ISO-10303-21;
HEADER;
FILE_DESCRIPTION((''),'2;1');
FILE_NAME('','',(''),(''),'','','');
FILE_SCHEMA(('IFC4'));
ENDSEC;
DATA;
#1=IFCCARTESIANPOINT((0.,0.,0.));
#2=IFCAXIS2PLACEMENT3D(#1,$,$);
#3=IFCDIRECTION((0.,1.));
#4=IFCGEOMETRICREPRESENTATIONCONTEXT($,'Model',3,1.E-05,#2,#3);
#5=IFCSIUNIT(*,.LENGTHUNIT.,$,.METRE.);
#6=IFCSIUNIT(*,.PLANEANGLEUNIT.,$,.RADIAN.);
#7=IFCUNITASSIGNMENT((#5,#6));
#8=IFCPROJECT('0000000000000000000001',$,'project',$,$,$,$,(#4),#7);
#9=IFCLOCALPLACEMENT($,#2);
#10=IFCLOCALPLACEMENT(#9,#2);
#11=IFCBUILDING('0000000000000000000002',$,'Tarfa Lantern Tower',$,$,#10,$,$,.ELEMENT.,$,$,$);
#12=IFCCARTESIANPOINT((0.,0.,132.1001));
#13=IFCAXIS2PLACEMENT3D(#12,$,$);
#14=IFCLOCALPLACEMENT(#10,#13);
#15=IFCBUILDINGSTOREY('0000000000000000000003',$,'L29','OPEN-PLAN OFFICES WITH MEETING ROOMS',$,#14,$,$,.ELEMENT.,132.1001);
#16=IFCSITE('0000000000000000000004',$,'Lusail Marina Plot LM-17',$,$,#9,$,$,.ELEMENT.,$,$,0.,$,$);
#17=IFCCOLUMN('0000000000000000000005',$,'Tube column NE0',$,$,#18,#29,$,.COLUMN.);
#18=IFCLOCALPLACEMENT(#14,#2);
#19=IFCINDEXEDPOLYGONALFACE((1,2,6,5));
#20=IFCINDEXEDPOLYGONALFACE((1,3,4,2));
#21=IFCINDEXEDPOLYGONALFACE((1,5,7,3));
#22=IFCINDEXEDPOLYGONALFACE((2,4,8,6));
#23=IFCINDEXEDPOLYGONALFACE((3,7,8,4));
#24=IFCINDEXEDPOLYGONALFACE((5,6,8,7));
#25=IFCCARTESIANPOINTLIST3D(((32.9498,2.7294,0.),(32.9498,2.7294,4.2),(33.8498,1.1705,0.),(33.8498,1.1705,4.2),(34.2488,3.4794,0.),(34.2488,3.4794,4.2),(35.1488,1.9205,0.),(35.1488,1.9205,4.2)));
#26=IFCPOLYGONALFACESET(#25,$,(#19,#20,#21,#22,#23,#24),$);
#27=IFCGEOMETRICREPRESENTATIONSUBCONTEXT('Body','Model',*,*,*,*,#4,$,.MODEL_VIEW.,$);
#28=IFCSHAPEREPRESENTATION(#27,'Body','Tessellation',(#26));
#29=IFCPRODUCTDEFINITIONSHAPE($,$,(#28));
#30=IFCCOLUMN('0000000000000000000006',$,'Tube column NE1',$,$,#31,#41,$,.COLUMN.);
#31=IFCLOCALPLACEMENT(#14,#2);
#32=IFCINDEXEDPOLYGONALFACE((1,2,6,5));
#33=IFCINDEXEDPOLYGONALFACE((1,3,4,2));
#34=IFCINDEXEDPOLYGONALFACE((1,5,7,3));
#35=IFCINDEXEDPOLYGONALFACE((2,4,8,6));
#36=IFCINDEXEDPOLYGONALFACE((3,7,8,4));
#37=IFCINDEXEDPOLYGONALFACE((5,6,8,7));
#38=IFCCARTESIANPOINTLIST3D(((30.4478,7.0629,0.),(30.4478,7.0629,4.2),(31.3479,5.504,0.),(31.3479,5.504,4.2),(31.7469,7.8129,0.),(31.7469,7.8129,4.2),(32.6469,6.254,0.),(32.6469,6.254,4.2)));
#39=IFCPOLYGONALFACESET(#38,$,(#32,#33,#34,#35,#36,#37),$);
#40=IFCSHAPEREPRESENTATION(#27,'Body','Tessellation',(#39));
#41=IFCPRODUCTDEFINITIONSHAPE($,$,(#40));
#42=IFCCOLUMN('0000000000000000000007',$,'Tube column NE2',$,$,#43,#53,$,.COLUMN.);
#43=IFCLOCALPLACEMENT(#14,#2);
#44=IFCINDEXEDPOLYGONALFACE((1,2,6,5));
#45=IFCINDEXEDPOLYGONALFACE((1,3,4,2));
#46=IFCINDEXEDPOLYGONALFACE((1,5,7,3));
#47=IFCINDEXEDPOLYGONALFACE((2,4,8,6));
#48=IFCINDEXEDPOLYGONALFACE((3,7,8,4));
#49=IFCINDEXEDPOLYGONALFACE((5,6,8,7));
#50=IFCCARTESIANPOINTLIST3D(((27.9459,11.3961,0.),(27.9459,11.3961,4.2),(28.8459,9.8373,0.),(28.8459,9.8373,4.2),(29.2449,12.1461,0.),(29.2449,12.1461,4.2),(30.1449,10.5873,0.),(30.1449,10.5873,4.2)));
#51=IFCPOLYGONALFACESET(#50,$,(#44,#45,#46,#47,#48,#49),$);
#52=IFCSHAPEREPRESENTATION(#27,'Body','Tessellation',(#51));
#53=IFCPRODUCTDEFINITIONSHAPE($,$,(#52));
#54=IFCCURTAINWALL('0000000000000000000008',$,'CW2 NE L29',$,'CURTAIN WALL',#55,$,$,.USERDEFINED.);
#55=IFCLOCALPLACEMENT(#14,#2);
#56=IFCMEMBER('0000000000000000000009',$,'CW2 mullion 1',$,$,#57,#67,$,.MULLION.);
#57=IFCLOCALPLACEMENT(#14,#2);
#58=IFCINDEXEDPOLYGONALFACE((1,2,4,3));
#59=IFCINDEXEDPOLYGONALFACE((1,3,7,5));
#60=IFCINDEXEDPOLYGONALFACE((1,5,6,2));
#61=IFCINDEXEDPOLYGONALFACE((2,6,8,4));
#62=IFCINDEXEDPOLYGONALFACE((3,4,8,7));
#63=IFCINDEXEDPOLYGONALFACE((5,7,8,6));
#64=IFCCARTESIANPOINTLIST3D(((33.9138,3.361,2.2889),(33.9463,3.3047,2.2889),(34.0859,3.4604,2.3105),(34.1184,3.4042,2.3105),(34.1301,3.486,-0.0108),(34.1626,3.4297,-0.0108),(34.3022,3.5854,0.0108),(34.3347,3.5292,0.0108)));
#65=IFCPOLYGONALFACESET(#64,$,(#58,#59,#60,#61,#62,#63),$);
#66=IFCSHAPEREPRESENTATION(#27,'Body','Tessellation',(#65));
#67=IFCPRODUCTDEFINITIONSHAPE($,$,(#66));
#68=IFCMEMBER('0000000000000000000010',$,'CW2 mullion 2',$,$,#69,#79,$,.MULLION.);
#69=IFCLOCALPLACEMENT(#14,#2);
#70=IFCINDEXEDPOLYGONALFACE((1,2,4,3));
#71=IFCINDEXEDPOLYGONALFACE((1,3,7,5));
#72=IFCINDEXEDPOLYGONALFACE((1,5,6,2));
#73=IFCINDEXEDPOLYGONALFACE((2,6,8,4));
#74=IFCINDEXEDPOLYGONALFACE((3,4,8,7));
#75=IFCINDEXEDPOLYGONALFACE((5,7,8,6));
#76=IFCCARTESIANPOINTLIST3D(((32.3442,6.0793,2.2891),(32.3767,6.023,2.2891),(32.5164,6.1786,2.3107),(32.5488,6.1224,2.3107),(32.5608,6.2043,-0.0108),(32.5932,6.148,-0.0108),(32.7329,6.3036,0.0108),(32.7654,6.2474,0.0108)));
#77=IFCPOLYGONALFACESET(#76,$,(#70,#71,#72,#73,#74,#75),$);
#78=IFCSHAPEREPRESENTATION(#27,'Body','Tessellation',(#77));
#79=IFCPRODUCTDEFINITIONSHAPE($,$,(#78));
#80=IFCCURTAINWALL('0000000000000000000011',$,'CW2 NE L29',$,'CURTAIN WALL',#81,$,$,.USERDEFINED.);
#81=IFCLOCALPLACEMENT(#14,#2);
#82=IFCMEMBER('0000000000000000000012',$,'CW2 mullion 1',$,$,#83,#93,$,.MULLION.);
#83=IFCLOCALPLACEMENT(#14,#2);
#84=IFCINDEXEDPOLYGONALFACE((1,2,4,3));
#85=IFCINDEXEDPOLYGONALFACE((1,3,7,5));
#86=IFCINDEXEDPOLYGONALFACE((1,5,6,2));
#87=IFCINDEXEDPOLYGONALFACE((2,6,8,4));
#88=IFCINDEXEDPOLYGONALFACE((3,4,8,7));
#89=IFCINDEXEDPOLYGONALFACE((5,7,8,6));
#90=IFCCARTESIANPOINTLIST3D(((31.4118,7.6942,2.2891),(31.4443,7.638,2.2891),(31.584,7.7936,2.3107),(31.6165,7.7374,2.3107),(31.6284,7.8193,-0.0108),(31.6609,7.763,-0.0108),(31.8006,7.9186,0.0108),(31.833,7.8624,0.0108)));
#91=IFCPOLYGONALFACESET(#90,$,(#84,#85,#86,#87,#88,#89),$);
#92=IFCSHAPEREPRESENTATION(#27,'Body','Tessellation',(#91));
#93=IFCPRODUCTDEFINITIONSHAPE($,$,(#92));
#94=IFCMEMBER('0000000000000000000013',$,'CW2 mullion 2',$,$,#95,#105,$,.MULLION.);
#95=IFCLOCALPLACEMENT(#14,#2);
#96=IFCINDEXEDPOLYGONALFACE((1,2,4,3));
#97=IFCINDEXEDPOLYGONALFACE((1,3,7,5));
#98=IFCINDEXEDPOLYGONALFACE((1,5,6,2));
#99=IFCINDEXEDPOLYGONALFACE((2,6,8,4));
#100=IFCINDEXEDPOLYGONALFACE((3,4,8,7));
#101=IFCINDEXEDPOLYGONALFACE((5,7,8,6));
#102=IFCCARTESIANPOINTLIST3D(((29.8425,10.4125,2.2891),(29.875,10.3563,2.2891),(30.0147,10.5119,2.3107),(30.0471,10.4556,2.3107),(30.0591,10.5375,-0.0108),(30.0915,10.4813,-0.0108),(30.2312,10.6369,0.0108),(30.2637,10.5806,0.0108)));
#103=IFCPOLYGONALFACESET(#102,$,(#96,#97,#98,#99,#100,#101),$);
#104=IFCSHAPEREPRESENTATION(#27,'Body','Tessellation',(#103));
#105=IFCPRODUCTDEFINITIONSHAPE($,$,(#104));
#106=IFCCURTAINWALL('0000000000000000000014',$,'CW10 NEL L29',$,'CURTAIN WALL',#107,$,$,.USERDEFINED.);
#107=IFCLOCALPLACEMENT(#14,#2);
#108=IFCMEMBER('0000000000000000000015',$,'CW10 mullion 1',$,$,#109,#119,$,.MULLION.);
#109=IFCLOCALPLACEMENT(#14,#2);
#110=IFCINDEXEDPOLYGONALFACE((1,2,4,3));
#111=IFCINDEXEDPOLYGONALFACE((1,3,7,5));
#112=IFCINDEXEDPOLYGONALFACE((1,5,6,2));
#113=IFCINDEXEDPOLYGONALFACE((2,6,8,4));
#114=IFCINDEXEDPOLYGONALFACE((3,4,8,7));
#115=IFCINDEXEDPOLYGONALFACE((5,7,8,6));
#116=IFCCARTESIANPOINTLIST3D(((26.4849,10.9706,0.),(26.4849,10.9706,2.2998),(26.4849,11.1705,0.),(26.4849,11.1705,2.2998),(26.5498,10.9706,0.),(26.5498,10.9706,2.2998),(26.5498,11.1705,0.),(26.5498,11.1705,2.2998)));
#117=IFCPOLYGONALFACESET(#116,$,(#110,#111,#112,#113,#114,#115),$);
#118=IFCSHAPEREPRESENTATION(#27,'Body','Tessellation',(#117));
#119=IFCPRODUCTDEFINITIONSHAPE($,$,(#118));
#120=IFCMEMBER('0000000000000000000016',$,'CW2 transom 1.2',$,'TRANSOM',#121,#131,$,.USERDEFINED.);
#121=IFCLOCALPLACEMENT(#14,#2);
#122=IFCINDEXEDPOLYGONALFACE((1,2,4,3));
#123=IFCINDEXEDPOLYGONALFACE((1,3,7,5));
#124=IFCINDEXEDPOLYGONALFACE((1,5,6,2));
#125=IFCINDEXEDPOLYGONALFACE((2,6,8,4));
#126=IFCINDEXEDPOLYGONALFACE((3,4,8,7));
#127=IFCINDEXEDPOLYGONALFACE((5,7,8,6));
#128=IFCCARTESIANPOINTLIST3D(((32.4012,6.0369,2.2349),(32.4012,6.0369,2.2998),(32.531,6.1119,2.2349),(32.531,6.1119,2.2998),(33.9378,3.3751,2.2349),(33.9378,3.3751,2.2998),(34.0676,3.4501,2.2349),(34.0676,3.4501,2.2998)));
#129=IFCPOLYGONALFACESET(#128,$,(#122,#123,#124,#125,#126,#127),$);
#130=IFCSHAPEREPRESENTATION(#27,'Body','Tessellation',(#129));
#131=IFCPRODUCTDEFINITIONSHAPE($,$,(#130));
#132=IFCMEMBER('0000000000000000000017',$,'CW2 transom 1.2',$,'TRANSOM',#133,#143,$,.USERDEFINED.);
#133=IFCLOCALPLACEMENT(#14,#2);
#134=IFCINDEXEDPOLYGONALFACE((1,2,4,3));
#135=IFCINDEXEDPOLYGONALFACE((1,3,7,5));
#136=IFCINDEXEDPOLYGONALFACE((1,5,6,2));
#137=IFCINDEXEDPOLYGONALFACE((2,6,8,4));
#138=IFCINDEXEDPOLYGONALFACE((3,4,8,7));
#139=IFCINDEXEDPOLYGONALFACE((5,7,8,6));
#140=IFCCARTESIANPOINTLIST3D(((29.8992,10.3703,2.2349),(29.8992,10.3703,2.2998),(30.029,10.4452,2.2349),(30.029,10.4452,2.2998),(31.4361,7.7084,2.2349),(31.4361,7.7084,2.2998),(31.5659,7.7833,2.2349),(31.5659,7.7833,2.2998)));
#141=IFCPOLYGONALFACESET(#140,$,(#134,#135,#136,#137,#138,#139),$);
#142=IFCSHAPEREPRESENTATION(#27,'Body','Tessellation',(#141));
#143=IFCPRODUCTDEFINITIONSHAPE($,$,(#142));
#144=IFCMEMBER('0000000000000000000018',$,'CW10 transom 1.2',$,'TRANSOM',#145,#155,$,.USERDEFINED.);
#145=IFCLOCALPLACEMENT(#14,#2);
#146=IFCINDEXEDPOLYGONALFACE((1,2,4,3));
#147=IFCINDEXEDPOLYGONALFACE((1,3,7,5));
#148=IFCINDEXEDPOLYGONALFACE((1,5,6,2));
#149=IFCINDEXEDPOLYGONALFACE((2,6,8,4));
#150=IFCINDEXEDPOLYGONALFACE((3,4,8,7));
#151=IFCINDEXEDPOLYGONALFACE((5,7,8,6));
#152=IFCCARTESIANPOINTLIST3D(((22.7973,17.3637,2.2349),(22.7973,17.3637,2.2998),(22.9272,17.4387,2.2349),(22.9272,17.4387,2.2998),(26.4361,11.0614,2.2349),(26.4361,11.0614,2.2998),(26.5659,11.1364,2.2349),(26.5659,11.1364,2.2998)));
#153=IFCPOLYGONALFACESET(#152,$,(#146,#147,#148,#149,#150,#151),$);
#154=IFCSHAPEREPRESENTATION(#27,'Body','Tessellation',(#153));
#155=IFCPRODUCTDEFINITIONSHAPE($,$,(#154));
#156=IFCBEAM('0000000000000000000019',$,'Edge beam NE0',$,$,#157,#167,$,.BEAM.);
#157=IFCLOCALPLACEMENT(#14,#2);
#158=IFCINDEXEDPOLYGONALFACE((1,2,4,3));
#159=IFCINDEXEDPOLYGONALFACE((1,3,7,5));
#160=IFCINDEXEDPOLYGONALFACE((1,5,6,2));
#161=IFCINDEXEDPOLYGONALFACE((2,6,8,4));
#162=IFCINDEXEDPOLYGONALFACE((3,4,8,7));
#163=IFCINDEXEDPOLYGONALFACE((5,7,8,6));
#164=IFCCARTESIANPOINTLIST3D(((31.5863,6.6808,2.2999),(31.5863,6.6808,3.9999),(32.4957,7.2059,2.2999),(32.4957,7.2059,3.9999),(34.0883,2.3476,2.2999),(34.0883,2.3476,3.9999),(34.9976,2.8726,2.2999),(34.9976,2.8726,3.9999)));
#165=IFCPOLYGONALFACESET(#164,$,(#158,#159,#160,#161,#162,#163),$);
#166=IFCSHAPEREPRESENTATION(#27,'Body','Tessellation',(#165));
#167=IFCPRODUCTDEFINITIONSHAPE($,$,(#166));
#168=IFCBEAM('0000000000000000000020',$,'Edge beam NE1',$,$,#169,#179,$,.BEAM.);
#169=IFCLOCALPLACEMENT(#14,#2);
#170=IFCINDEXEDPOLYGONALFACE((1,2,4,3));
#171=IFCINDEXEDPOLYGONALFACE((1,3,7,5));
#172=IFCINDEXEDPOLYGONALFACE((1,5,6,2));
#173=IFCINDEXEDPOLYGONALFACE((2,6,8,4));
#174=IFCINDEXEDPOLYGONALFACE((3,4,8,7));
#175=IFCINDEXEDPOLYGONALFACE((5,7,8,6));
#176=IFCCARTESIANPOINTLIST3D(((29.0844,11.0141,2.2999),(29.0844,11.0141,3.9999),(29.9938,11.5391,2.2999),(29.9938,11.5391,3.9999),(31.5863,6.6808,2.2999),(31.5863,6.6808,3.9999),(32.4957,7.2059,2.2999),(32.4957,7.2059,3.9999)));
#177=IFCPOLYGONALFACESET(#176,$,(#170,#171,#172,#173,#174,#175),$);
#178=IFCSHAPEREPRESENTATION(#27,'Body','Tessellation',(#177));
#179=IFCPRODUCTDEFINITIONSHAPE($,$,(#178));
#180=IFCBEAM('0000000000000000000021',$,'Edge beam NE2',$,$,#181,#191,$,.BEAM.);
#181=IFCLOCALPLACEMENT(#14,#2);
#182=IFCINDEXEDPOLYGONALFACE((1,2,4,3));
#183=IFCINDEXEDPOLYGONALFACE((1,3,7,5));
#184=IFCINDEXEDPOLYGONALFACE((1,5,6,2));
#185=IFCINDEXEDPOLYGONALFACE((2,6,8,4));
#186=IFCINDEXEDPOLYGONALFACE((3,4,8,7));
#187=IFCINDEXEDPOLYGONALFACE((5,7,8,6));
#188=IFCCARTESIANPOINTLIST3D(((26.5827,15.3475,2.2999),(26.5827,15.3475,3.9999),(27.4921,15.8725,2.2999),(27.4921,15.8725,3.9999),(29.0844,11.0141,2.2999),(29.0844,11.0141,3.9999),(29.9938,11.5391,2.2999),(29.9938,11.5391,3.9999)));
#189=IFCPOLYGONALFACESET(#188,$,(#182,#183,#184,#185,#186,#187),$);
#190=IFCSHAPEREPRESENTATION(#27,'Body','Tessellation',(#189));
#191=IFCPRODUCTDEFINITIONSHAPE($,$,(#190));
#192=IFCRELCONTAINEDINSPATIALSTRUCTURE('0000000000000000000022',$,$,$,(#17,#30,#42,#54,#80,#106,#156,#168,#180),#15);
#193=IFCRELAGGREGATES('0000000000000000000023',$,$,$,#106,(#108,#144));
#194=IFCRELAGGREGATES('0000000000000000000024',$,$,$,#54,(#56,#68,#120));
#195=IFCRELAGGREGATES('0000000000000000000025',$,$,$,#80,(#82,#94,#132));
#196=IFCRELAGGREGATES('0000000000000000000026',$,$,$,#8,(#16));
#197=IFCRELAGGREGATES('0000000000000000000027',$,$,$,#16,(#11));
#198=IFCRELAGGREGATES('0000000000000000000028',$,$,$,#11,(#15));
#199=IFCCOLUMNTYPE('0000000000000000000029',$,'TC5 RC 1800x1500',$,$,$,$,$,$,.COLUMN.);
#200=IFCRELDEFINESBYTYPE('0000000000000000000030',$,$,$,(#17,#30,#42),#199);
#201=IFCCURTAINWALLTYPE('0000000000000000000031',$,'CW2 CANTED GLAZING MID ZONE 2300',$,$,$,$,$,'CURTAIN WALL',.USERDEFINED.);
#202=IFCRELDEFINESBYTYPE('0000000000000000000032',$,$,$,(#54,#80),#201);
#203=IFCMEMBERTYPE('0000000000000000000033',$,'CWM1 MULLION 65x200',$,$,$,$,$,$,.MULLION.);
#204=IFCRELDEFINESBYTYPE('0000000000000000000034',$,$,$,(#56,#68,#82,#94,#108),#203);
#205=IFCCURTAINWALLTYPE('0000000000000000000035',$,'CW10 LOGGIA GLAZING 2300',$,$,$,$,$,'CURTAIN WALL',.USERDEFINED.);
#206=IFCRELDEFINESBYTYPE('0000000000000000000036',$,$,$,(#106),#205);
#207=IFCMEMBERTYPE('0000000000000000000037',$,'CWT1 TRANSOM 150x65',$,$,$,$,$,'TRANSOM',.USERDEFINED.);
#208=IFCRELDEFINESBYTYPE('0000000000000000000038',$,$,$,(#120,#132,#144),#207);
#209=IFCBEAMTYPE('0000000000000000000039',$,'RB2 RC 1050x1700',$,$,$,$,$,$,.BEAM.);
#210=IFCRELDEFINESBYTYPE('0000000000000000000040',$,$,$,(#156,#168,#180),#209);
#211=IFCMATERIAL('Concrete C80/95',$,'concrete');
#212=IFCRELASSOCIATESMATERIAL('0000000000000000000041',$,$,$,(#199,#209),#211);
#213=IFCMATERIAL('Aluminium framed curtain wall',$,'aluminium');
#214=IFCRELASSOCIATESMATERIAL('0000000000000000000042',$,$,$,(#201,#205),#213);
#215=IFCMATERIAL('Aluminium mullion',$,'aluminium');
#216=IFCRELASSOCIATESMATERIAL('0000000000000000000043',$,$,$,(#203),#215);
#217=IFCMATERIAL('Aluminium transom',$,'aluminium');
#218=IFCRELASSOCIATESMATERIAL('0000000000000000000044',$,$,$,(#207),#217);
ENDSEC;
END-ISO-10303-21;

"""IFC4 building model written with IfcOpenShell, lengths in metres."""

from ifc_helpers import new_model, si_unit, direction, frame, origin, origin_2d, place, context, subcontext, project, spatial, rectangle, extrude, material, material_profile, profile_set, type_object, element, aggregate, save


model = new_model("IFC4")

# Units and contexts
model_context = context("Model", 3, precision=1e-05, world=origin(), true_north=direction((0.0, 1.0)))
body_context = subcontext(model_context, "Body", "Model", "MODEL_VIEW")
ifc_project = project(units=[si_unit("LENGTHUNIT", "METRE"), si_unit("PLANEANGLEUNIT", "RADIAN")], contexts=[model_context])

# Site, building, storey
site_placement = place(None, origin())
site = spatial("IfcSite", under=ifc_project, at=site_placement, Name="Lusail Marina Plot LM-17", CompositionType="ELEMENT", RefElevation=0.0)
building_placement = place(site_placement, origin())
building = spatial("IfcBuilding", under=site, at=building_placement, Name="Tarfa Lantern Tower", CompositionType="ELEMENT")
storey_placement = place(building_placement, frame((0.0, 0.0, 132.1001)))
storey = spatial("IfcBuildingStorey", under=building, at=storey_placement, Name="L29", Description="OPEN-PLAN OFFICES WITH MEETING ROOMS", CompositionType="ELEMENT", Elevation=132.1001)

# Columns
ifc_material_1 = material(Name="Concrete C80/95", Category="concrete")
ifc_material_profile_1 = material_profile(ifc_material_1, rectangle(XDim=1.8, YDim=1.5, at=origin_2d()), Name="RC 1800x1500")
ifc_profile_set_1 = profile_set([ifc_material_profile_1], Name="Concrete C80/95")
column_type = type_object("IfcColumnType", Name="TC5 RC 1800x1500", PredefinedType="COLUMN", material=ifc_profile_set_1)
for number, where, z_axis, x_axis, name in (
    (1, (34.0493, 2.325, 0.0), (0.0, 0.0, 1.0), (-0.5, 0.866025, 0.0), "Tube column NE0"),
    (2, (31.5474, 6.6584, 0.0), (0.0, 0.0, 1.0), (-0.5, 0.866025, 0.0), "Tube column NE1"),
    (3, (29.0454, 10.9917, 0.0), (0.0, 0.0, 1.0), (-0.5, 0.866025, 0.0), "Tube column NE2"),
):
    element("IfcColumn", number, at=place(storey_placement, frame(where, z_axis=z_axis, x_axis=x_axis)), inside=storey, type_object=column_type, Name=name, PredefinedType="COLUMN", context=body_context, shape_type="SweptSolid", body=[
        extrude(rectangle(XDim=1.8, YDim=1.5, at=origin_2d()), origin(), (0.0, 0.0, 1.0), 4.2),
    ])

# Curtain walls, members
ifc_material_2 = material(Name="Aluminium framed curtain wall", Category="aluminium")
curtain_wall_type_1 = type_object("IfcCurtainWallType", Name="CW2 CANTED GLAZING MID ZONE 2300", ElementType="CURTAIN WALL", PredefinedType="USERDEFINED", material=ifc_material_2)
curtain_wall_1_placement = place(storey_placement, origin())
curtain_wall_1 = element("IfcCurtainWall", 4, at=curtain_wall_1_placement, inside=storey, type_object=curtain_wall_type_1, Name="CW2 NE L29", ObjectType="CURTAIN WALL", PredefinedType="USERDEFINED")
ifc_material_3 = material(Name="Aluminium mullion", Category="aluminium")
ifc_material_profile_2 = material_profile(ifc_material_3, rectangle(XDim=0.0649, YDim=0.2, at=origin_2d()), Name="AL MULLION 65x200")
ifc_profile_set_2 = profile_set([ifc_material_profile_2], Name="Aluminium mullion")
member_type_1 = type_object("IfcMemberType", Name="CWM1 MULLION 65x200", PredefinedType="MULLION", material=ifc_profile_set_2)
member_1_placement = place(storey_placement, frame((34.2324, 3.5076, 0.0), z_axis=(-0.093505, -0.054035, 0.994151), x_axis=(0.500343, -0.865827, 0.0)))
member_1 = element("IfcMember", 5, at=member_1_placement, type_object=member_type_1, Name="CW2 mullion 1", PredefinedType="MULLION", context=body_context, shape_type="SweptSolid", body=[
    extrude(rectangle(XDim=0.0649, YDim=0.2, at=origin_2d()), origin(), (0.0, 0.0, 1.0), 2.3132),
])
member_2_placement = place(storey_placement, frame((32.6631, 6.2258, 0.0), z_axis=(-0.09361, -0.054034, 0.994142), x_axis=(0.49992, -0.866072, 0.0)))
member_2 = element("IfcMember", 6, at=member_2_placement, type_object=member_type_1, Name="CW2 mullion 2", PredefinedType="MULLION", context=body_context, shape_type="SweptSolid", body=[
    extrude(rectangle(XDim=0.0649, YDim=0.2, at=origin_2d()), origin(), (0.0, 0.0, 1.0), 2.3135),
])
curtain_wall_2_placement = place(storey_placement, origin())
curtain_wall_2 = element("IfcCurtainWall", 7, at=curtain_wall_2_placement, inside=storey, type_object=curtain_wall_type_1, Name="CW2 NE L29", ObjectType="CURTAIN WALL", PredefinedType="USERDEFINED")
member_3_placement = place(storey_placement, frame((31.7307, 7.8408, 0.0), z_axis=(-0.09361, -0.054034, 0.994142), x_axis=(0.49992, -0.866072, 0.0)))
member_3 = element("IfcMember", 8, at=member_3_placement, type_object=member_type_1, Name="CW2 mullion 1", PredefinedType="MULLION", context=body_context, shape_type="SweptSolid", body=[
    extrude(rectangle(XDim=0.0649, YDim=0.2, at=origin_2d()), origin(), (0.0, 0.0, 1.0), 2.3135),
])
member_4_placement = place(storey_placement, frame((30.1614, 10.5591, 0.0), z_axis=(-0.09361, -0.054034, 0.994142), x_axis=(0.49992, -0.866072, 0.0)))
member_4 = element("IfcMember", 9, at=member_4_placement, type_object=member_type_1, Name="CW2 mullion 2", PredefinedType="MULLION", context=body_context, shape_type="SweptSolid", body=[
    extrude(rectangle(XDim=0.0649, YDim=0.2, at=origin_2d()), origin(), (0.0, 0.0, 1.0), 2.3135),
])

# Curtain wall, member
curtain_wall_type_2 = type_object("IfcCurtainWallType", Name="CW10 LOGGIA GLAZING 2300", ElementType="CURTAIN WALL", PredefinedType="USERDEFINED", material=ifc_material_2)
curtain_wall_3_placement = place(storey_placement, origin())
curtain_wall_3 = element("IfcCurtainWall", 10, at=curtain_wall_3_placement, inside=storey, type_object=curtain_wall_type_2, Name="CW10 NEL L29", ObjectType="CURTAIN WALL", PredefinedType="USERDEFINED")
member_5_placement = place(storey_placement, frame((26.5173, 11.0706, 0.0), z_axis=(0.0, 0.0, 1.0), x_axis=(1.0, 0.0, 0.0)))
member_5 = element("IfcMember", 11, at=member_5_placement, type_object=member_type_1, Name="CW10 mullion 1", PredefinedType="MULLION", context=body_context, shape_type="SweptSolid", body=[
    extrude(rectangle(XDim=0.0649, YDim=0.2, at=origin_2d()), origin(), (0.0, 0.0, 1.0), 2.2998),
])

# Members
ifc_material_4 = material(Name="Aluminium transom", Category="aluminium")
ifc_material_profile_3 = material_profile(ifc_material_4, rectangle(XDim=0.1499, YDim=0.0649, at=origin_2d()), Name="AL TRANSOM 150x65")
ifc_profile_set_3 = profile_set([ifc_material_profile_3], Name="Aluminium transom")
member_type_2 = type_object("IfcMemberType", Name="CWT1 TRANSOM 150x65", ElementType="TRANSOM", PredefinedType="USERDEFINED", material=ifc_profile_set_3)
member_6_placement = place(storey_placement, frame((34.0027, 3.4126, 2.2673), z_axis=(-0.499949, 0.866055, 0.0), x_axis=(-0.866055, -0.499949, 0.0)))
member_6 = element("IfcMember", 12, at=member_6_placement, type_object=member_type_2, Name="CW2 transom 1.2", ObjectType="TRANSOM", PredefinedType="USERDEFINED", context=body_context, shape_type="SweptSolid", body=[
    extrude(rectangle(XDim=0.1499, YDim=0.0649, at=origin_2d()), origin(), (0.0, 0.0, 1.0), 3.0735),
])
member_7_placement = place(storey_placement, frame((31.501, 7.7458, 2.2673), z_axis=(-0.500009, 0.86602, 0.0), x_axis=(-0.86602, -0.500009, 0.0)))
member_7 = element("IfcMember", 13, at=member_7_placement, type_object=member_type_2, Name="CW2 transom 1.2", ObjectType="TRANSOM", PredefinedType="USERDEFINED", context=body_context, shape_type="SweptSolid", body=[
    extrude(rectangle(XDim=0.1499, YDim=0.0649, at=origin_2d()), origin(), (0.0, 0.0, 1.0), 3.0737),
])
member_8_placement = place(storey_placement, frame((26.501, 11.0989, 2.2673), z_axis=(-0.500007, 0.866021, 0.0), x_axis=(-0.866021, -0.500007, 0.0)))
member_8 = element("IfcMember", 14, at=member_8_placement, type_object=member_type_2, Name="CW10 transom 1.2", ObjectType="TRANSOM", PredefinedType="USERDEFINED", context=body_context, shape_type="SweptSolid", body=[
    extrude(rectangle(XDim=0.1499, YDim=0.0649, at=origin_2d()), origin(), (0.0, 0.0, 1.0), 7.2773),
])
aggregate(curtain_wall_3, [member_5, member_8])

# Beams
ifc_material_profile_4 = material_profile(ifc_material_1, rectangle(XDim=1.05, YDim=1.7, at=origin_2d()), Name="RC 1050x1700")
ifc_profile_set_4 = profile_set([ifc_material_profile_4], Name="Concrete C80/95")
beam_type_1 = type_object("IfcBeamType", Name="RB2 RC 1050x1700", PredefinedType="BEAM", material=ifc_profile_set_4)
for number, where, z_axis, x_axis, name in (
    (15, (34.543, 2.6101, 3.1499), (-0.500022, 0.866013, 0.0), (-0.866013, -0.500022, 0.0), "Edge beam NE0"),
    (16, (32.041, 6.9434, 3.1499), (-0.500022, 0.866013, 0.0), (-0.866013, -0.500022, 0.0), "Edge beam NE1"),
    (17, (29.5391, 11.2766, 3.1499), (-0.499965, 0.866046, 0.0), (-0.866046, -0.499965, 0.0), "Edge beam NE2"),
):
    element("IfcBeam", number, at=place(storey_placement, frame(where, z_axis=z_axis, x_axis=x_axis)), inside=storey, type_object=beam_type_1, Name=name, PredefinedType="BEAM", context=body_context, shape_type="SweptSolid", body=[
        extrude(rectangle(XDim=1.05, YDim=1.7, at=origin_2d()), origin(), (0.0, 0.0, 1.0), 5.0037),
    ])

aggregate(curtain_wall_1, [member_1, member_2, member_6])
aggregate(curtain_wall_2, [member_3, member_4, member_7])

save(model, "model.ifc")
